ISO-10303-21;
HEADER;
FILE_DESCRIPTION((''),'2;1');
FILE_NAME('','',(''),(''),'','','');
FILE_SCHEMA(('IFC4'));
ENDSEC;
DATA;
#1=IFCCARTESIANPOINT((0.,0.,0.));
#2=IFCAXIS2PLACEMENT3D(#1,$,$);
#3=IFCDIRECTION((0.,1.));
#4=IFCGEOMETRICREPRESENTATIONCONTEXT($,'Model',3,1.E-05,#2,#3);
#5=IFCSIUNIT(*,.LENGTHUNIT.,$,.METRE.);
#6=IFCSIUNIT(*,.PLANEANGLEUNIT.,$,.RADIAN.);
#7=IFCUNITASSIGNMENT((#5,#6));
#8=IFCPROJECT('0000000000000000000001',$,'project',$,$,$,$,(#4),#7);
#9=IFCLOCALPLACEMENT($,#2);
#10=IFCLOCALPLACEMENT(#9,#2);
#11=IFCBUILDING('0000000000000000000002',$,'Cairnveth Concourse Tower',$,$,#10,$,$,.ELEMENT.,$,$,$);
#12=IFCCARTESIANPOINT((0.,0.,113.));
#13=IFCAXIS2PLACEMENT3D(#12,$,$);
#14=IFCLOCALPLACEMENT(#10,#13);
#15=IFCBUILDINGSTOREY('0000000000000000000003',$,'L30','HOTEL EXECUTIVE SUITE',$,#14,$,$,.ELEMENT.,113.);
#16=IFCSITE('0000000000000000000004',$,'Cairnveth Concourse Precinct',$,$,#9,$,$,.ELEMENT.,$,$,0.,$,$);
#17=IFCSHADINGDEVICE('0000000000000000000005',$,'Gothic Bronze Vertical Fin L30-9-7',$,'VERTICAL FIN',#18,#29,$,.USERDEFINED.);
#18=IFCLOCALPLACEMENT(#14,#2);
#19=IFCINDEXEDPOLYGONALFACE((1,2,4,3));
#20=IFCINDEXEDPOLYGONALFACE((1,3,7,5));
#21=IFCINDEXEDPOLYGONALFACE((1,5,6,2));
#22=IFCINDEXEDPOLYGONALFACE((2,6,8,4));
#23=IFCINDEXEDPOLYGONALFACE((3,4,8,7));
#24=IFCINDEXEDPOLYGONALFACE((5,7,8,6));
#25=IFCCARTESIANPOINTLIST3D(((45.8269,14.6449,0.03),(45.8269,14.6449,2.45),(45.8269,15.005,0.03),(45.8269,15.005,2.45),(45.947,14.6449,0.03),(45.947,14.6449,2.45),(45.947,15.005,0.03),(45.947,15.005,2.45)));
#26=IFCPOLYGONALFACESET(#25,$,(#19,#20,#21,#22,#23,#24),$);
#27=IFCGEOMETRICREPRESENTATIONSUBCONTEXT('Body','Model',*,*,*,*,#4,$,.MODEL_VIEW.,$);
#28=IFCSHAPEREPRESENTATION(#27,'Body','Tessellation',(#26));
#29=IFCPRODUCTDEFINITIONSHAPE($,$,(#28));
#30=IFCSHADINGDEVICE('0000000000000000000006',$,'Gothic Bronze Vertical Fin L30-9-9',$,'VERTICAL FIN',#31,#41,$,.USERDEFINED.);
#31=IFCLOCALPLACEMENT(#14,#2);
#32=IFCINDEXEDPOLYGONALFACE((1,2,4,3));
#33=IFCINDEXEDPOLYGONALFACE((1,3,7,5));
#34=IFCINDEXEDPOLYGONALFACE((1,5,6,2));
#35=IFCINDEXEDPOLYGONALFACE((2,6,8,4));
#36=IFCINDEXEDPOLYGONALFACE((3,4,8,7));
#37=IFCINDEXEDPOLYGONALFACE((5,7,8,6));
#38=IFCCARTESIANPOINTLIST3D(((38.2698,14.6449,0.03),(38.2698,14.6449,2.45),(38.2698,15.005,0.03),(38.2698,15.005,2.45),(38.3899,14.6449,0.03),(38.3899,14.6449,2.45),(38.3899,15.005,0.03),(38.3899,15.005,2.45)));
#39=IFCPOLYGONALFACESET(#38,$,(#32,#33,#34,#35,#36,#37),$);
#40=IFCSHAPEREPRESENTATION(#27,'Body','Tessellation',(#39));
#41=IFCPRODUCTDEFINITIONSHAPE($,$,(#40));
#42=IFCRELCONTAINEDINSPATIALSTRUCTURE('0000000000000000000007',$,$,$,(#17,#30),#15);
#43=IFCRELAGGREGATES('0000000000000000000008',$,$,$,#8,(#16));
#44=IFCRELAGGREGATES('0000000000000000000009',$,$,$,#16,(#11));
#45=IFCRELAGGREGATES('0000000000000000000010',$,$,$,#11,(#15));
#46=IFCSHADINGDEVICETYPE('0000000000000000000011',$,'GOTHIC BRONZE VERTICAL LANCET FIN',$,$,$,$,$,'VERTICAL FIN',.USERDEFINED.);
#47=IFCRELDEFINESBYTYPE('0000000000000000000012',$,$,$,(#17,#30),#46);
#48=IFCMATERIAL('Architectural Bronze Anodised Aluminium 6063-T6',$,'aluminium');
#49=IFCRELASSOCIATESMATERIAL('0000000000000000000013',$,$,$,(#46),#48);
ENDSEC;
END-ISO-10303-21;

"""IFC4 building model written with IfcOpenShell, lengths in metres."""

from ifc_helpers import new_model, si_unit, direction, frame, origin, origin_2d, place, context, subcontext, project, spatial, rectangle, extrude, material, type_object, element, save


model = new_model("IFC4")

# Units and contexts
model_context = context("Model", 3, precision=1e-05, world=origin(), true_north=direction((0.0, 1.0)))
body_context = subcontext(model_context, "Body", "Model", "MODEL_VIEW")
ifc_project = project(units=[si_unit("LENGTHUNIT", "METRE"), si_unit("PLANEANGLEUNIT", "RADIAN")], contexts=[model_context])

# Site, building, storey
site_placement = place(None, origin())
site = spatial("IfcSite", under=ifc_project, at=site_placement, Name="Cairnveth Concourse Precinct", CompositionType="ELEMENT", RefElevation=0.0)
building_placement = place(site_placement, origin())
building = spatial("IfcBuilding", under=site, at=building_placement, Name="Cairnveth Concourse Tower", CompositionType="ELEMENT")
storey_placement = place(building_placement, frame((0.0, 0.0, 113.0)))
storey = spatial("IfcBuildingStorey", under=building, at=storey_placement, Name="L30", Description="HOTEL EXECUTIVE SUITE", CompositionType="ELEMENT", Elevation=113.0)

# Shading devices
ifc_material_1 = material(Name="Architectural Bronze Anodised Aluminium 6063-T6", Category="aluminium")
shading_device_type = type_object("IfcShadingDeviceType", Name="GOTHIC BRONZE VERTICAL LANCET FIN", ElementType="VERTICAL FIN", PredefinedType="USERDEFINED", material=ifc_material_1)
for number, where, z_axis, x_axis, name in (
    (1, (45.887, 14.825, 0.03), (0.0, 0.0, 1.0), (1.0, 0.0, 0.0), "Gothic Bronze Vertical Fin L30-9-7"),
    (2, (38.3298, 14.825, 0.03), (0.0, 0.0, 1.0), (1.0, 0.0, 0.0), "Gothic Bronze Vertical Fin L30-9-9"),
):
    element("IfcShadingDevice", number, at=place(storey_placement, frame(where, z_axis=z_axis, x_axis=x_axis)), inside=storey, type_object=shading_device_type, Name=name, ObjectType="VERTICAL FIN", PredefinedType="USERDEFINED", context=body_context, shape_type="SweptSolid", body=[
        extrude(rectangle(XDim=0.1201, YDim=0.3601, at=origin_2d()), origin(), (0.0, 0.0, 1.0), 2.4199),
    ])

save(model, "model.ifc")
